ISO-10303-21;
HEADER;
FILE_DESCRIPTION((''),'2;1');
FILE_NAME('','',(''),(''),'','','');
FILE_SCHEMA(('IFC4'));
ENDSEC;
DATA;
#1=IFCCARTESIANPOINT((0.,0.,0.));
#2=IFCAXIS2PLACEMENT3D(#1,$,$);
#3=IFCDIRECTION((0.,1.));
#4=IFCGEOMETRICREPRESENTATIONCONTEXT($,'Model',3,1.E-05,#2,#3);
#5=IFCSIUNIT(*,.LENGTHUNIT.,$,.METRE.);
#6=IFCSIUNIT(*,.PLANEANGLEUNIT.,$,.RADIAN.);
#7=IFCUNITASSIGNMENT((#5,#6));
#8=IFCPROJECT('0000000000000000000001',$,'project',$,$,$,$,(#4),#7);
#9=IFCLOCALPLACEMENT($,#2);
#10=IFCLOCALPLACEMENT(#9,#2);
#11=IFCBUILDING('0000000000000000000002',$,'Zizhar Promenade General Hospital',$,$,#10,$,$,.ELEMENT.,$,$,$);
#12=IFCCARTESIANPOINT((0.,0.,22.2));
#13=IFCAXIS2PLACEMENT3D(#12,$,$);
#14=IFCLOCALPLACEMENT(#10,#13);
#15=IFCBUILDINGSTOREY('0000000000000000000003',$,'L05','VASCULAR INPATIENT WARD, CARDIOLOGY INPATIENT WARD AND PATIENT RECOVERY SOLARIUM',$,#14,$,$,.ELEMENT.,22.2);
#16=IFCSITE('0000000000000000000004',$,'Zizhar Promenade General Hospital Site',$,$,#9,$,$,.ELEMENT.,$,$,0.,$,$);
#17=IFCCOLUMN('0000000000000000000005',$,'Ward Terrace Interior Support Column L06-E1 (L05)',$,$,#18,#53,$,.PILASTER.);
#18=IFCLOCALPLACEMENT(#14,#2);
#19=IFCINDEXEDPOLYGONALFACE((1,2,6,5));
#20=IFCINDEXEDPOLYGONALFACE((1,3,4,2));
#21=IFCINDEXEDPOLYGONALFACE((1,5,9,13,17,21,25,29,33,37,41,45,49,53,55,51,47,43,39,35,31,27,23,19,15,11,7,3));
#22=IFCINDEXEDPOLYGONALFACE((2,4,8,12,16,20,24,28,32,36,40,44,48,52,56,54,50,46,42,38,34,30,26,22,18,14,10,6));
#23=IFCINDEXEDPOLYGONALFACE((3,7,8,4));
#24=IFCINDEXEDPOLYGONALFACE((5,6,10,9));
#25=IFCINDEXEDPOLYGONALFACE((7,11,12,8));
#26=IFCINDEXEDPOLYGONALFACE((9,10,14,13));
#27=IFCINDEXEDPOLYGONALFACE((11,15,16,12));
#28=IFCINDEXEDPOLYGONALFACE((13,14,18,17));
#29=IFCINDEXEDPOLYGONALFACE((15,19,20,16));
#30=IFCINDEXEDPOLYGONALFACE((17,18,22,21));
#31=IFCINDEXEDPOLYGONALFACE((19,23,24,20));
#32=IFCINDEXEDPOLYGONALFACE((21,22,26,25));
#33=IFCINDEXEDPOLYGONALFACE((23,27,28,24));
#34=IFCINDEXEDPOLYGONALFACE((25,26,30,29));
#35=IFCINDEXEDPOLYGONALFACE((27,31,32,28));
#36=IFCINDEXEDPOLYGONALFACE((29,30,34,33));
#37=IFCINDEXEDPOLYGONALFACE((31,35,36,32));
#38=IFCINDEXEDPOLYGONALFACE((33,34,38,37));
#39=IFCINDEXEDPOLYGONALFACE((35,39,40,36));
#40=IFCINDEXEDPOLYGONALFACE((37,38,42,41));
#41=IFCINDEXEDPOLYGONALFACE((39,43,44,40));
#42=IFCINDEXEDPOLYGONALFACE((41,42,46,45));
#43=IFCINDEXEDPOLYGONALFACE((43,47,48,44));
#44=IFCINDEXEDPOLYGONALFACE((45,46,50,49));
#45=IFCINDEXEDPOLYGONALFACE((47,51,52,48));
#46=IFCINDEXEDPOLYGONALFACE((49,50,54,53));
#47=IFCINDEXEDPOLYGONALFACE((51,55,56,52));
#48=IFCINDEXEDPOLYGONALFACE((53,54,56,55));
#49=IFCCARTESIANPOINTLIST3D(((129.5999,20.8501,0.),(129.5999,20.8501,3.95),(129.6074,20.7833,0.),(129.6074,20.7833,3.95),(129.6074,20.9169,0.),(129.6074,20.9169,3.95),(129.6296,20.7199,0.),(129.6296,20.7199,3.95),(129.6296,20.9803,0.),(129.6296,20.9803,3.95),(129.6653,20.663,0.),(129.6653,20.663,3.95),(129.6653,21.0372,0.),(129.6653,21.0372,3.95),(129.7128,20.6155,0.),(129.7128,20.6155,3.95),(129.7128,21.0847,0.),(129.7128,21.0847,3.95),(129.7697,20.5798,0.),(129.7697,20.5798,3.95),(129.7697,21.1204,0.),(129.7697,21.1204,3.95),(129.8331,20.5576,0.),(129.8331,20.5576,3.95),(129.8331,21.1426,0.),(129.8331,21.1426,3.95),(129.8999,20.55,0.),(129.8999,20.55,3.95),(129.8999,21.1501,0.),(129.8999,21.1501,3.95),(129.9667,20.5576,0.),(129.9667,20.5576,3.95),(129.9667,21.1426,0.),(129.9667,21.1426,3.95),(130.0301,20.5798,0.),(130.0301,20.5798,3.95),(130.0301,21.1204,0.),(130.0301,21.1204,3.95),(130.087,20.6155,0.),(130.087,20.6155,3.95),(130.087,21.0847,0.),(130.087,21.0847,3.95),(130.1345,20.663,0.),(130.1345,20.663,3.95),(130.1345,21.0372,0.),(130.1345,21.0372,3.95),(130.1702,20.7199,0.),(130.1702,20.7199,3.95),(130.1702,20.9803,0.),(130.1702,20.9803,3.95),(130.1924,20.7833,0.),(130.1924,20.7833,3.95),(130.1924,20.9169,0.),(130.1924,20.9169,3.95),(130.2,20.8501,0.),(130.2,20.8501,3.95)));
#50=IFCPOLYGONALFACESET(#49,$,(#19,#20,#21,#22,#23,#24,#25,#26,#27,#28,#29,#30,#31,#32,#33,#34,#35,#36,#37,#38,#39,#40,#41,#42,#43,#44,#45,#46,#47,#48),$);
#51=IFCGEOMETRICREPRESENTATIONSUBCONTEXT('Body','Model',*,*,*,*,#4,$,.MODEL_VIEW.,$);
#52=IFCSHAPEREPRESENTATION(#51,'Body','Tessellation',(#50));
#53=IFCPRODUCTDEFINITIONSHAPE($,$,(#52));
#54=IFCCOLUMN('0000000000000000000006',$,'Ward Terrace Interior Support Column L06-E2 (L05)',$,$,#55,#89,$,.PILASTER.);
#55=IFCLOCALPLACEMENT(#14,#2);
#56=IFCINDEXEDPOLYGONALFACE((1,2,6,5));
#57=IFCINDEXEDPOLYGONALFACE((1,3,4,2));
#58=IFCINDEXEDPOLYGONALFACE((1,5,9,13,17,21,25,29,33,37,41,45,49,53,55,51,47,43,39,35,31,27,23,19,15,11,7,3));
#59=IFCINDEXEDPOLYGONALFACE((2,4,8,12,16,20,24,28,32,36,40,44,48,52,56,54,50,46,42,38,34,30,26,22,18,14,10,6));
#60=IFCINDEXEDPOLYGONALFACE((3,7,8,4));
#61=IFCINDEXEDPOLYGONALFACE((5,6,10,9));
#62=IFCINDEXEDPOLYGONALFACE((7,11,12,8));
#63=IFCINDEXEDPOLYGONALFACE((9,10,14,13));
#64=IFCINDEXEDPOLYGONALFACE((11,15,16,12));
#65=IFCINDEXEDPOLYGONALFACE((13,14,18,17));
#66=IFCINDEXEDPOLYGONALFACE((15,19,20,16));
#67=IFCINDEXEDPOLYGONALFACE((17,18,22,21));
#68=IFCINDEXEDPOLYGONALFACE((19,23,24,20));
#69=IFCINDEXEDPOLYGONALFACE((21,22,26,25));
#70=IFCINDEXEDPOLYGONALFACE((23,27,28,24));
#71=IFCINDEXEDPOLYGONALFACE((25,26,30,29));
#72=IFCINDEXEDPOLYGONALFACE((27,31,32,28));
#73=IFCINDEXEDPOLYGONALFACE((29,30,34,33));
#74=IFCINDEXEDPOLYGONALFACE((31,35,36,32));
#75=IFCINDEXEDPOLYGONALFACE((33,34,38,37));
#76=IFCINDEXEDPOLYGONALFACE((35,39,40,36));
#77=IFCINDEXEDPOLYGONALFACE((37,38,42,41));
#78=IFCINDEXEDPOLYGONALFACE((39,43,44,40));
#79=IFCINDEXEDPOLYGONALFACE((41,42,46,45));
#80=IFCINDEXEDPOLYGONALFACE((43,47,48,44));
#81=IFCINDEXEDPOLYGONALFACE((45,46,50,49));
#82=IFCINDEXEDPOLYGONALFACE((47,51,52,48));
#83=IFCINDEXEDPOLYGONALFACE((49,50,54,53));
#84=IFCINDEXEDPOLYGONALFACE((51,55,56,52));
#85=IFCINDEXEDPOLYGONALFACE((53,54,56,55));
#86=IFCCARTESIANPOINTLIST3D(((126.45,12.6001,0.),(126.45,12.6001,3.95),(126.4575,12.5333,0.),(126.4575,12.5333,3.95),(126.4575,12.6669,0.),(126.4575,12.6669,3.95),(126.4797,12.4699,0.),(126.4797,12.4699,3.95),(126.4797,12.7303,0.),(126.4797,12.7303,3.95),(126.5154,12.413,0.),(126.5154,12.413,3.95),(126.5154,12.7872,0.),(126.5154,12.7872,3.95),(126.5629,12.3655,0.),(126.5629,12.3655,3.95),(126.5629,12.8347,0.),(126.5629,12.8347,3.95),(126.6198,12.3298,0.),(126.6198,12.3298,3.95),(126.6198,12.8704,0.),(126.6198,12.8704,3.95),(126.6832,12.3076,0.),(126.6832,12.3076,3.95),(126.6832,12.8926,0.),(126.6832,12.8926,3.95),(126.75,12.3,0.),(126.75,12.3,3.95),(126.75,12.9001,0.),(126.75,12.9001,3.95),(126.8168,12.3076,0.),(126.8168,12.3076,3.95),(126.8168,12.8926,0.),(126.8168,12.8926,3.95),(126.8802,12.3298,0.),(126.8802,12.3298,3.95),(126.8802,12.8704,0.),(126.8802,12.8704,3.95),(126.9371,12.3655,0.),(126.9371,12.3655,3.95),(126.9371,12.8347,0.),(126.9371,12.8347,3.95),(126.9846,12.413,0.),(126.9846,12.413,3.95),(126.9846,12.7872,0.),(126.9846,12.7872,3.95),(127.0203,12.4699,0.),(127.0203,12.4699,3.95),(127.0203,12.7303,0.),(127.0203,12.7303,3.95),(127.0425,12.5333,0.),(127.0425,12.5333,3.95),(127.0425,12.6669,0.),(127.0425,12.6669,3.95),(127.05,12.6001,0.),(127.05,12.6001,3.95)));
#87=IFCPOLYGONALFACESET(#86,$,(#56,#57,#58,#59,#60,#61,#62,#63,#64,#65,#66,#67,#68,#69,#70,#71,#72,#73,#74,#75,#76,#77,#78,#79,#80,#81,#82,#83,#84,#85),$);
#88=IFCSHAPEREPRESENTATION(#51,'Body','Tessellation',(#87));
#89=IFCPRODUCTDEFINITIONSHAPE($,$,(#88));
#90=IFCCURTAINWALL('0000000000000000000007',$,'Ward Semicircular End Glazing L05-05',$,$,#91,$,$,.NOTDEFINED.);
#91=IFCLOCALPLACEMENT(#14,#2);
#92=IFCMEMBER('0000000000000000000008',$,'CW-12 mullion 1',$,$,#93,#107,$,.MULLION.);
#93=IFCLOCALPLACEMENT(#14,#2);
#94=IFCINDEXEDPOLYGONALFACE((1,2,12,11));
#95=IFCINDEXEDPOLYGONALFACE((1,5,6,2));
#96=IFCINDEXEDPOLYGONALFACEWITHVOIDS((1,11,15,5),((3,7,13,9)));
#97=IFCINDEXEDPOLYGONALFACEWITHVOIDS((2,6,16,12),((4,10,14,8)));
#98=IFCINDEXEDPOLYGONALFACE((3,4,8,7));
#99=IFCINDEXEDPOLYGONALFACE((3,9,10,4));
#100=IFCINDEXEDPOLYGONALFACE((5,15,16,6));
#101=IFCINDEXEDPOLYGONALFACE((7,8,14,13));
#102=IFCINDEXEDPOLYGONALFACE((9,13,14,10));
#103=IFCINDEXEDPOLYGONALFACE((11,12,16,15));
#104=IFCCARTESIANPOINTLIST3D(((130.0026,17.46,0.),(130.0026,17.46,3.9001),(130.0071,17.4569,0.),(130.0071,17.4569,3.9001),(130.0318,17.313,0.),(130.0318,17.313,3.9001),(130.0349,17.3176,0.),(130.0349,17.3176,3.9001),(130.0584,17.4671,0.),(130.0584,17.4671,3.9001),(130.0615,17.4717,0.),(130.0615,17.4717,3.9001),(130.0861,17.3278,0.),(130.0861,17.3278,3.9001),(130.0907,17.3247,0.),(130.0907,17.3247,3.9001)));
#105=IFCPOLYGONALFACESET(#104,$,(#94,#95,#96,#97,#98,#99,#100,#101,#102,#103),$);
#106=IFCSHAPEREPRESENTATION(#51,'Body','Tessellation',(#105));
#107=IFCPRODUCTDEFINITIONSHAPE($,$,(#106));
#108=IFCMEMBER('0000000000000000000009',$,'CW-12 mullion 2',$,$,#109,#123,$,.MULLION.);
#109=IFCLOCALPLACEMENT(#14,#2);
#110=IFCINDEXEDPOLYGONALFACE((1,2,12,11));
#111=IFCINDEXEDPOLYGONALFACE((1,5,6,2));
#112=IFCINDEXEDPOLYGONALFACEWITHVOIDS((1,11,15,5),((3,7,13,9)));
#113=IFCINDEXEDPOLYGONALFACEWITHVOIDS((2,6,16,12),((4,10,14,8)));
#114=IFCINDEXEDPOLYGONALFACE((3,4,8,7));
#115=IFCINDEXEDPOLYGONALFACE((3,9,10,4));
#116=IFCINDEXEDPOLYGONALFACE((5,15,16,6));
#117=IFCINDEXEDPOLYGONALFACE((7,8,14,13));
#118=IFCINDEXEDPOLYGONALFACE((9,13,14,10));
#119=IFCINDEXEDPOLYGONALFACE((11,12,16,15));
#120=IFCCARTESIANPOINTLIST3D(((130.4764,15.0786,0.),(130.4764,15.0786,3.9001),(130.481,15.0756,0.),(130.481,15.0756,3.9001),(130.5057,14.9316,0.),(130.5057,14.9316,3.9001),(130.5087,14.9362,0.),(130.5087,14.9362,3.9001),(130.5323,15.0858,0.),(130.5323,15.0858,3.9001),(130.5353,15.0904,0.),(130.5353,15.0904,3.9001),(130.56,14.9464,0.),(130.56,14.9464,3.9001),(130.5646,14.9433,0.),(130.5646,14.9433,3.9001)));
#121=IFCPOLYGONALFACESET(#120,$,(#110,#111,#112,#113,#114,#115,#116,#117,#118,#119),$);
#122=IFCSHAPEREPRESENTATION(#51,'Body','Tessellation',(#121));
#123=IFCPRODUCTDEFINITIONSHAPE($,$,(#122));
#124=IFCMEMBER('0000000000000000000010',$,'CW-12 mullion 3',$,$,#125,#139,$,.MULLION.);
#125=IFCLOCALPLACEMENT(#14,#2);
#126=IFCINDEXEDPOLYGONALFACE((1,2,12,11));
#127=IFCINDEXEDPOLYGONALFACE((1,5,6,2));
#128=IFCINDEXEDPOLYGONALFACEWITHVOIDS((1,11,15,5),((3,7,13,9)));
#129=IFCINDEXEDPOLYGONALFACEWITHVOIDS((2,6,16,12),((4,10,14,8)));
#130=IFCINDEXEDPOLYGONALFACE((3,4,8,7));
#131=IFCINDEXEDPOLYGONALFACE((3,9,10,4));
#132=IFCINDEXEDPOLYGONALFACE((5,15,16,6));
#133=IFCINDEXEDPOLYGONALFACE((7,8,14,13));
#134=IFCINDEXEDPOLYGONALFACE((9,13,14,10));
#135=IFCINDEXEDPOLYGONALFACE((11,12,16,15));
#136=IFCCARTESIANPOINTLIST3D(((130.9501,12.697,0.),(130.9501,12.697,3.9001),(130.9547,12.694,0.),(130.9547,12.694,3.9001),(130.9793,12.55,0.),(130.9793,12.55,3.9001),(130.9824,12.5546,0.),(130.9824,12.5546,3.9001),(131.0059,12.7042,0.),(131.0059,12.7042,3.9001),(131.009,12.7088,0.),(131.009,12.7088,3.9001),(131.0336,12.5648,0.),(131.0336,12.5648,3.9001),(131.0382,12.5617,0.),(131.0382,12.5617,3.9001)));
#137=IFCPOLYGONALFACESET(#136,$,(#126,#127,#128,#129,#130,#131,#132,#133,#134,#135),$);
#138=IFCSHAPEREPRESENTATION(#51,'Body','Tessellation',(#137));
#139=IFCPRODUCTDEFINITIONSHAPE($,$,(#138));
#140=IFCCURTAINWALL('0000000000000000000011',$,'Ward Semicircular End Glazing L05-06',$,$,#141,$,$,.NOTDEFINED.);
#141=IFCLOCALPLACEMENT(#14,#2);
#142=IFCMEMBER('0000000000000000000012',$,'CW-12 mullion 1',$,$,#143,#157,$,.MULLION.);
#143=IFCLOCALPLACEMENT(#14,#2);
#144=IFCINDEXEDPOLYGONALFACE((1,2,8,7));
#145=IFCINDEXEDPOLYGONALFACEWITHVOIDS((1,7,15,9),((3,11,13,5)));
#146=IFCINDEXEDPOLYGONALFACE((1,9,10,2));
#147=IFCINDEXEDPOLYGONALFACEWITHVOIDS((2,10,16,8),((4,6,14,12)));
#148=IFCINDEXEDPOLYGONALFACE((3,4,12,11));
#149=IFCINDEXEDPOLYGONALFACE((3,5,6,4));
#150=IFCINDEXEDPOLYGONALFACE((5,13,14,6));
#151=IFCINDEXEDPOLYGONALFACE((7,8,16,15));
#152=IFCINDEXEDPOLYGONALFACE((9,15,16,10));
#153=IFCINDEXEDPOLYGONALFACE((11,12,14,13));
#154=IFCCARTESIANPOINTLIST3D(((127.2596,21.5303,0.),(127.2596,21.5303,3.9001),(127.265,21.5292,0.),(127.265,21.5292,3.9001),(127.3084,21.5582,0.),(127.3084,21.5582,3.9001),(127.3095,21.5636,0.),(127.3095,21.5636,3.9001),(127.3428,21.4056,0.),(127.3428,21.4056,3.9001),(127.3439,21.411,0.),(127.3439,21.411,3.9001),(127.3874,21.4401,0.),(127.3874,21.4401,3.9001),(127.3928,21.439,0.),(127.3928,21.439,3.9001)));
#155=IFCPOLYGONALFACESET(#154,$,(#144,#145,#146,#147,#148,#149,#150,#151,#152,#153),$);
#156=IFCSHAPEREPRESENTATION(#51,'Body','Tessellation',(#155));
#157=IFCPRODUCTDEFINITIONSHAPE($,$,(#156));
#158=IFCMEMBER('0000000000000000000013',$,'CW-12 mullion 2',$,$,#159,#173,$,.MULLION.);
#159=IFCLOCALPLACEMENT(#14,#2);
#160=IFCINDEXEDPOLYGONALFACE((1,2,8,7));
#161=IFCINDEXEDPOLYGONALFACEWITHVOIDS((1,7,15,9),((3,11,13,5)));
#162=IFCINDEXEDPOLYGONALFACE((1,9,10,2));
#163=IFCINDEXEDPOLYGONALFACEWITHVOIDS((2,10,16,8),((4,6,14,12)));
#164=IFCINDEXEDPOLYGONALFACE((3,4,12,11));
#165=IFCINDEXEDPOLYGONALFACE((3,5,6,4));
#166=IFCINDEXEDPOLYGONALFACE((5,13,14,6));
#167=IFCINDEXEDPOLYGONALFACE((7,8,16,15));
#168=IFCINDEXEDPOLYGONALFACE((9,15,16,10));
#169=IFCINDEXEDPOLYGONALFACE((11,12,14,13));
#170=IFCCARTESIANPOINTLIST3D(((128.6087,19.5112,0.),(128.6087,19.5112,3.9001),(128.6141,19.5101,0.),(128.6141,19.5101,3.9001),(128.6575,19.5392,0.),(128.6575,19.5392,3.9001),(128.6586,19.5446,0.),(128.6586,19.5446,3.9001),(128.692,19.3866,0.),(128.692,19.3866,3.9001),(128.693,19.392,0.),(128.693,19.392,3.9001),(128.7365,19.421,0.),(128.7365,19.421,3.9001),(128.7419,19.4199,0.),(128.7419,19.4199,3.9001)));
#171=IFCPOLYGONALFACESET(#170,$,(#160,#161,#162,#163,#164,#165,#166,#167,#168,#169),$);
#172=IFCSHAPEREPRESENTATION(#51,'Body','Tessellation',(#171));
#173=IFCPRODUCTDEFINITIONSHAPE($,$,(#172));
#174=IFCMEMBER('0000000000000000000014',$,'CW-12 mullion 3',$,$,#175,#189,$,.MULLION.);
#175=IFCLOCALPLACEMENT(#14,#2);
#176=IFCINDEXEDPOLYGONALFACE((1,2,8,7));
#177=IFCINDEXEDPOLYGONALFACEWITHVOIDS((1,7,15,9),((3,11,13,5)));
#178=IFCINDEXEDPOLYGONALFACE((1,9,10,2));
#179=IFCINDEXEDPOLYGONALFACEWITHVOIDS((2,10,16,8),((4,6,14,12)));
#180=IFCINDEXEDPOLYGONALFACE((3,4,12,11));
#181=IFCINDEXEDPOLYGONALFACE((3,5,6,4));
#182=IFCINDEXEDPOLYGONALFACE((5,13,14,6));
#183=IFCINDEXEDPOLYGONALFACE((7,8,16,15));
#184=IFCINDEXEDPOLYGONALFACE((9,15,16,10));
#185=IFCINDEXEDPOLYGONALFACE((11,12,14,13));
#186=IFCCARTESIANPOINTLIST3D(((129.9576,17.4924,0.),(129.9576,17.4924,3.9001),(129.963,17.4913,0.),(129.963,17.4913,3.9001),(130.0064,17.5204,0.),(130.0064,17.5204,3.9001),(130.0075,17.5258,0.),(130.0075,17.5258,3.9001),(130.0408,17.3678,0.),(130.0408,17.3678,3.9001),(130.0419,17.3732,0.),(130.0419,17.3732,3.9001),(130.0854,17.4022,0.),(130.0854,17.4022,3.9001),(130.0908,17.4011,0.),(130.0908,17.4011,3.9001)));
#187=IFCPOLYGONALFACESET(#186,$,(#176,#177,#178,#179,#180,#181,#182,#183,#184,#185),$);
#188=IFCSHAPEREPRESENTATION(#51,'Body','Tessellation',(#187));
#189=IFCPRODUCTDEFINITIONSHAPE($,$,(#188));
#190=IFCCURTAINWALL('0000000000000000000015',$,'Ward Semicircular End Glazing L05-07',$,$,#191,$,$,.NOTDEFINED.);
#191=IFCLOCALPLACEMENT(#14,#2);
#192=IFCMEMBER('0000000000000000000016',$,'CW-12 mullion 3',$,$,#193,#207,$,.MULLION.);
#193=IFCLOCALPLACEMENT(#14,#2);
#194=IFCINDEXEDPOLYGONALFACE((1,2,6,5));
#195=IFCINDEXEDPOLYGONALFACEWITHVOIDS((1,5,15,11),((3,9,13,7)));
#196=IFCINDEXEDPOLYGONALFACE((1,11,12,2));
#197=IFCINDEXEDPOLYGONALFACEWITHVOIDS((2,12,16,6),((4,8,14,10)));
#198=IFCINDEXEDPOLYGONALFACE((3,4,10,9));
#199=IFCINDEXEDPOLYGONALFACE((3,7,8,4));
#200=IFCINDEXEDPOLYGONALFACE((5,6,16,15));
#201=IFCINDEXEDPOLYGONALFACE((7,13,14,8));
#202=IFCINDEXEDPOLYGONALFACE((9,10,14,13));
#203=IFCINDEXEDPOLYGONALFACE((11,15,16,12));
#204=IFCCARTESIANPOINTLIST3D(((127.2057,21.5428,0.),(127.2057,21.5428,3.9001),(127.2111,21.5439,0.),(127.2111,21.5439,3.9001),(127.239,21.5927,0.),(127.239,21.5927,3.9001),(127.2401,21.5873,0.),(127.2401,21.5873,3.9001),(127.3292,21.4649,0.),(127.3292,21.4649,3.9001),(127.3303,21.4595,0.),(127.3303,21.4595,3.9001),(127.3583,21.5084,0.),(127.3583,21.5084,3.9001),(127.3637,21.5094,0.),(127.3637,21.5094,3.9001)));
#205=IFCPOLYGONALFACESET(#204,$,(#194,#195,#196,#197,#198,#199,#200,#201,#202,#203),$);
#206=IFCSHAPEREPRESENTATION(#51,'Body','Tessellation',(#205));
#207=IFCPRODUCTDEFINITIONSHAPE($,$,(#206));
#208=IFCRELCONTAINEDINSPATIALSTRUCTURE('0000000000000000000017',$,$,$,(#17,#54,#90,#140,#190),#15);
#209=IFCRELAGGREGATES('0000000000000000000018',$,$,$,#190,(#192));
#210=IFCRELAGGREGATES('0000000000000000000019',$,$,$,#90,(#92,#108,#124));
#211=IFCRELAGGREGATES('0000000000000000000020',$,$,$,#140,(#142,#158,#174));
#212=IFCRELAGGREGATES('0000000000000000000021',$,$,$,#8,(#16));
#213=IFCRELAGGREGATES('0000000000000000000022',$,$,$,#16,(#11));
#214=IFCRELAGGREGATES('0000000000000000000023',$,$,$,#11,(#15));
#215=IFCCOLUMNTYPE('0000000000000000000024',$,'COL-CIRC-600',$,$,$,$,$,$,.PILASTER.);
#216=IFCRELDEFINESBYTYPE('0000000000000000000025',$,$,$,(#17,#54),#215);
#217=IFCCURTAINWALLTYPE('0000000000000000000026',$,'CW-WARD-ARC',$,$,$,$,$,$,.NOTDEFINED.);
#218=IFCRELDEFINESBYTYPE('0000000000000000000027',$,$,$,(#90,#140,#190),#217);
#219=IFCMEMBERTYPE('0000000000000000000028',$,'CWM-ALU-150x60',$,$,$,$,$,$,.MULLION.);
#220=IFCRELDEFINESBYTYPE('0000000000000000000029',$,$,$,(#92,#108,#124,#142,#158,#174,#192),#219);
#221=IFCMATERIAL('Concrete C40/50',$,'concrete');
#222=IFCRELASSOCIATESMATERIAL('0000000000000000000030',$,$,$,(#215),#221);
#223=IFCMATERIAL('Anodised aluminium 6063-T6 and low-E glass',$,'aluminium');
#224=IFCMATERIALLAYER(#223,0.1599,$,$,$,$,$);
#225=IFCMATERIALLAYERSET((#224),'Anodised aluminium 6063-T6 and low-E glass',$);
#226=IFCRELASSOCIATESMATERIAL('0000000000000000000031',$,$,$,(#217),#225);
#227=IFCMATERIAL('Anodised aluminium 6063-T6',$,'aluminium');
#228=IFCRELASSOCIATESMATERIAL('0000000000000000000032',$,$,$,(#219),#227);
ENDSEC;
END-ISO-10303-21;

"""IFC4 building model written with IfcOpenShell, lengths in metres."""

from ifc_helpers import new_model, si_unit, direction, frame, origin, origin_2d, place, context, subcontext, project, spatial, hollow_rectangle, circle, extrude, material, layer, layer_set, material_profile, profile_set, type_object, element, aggregate, save


model = new_model("IFC4")

# Units and contexts
model_context = context("Model", 3, precision=1e-05, world=origin(), true_north=direction((0.0, 1.0)))
body_context = subcontext(model_context, "Body", "Model", "MODEL_VIEW")
ifc_project = project(units=[si_unit("LENGTHUNIT", "METRE"), si_unit("PLANEANGLEUNIT", "RADIAN")], contexts=[model_context])

# Site, building, storey
site_placement = place(None, origin())
site = spatial("IfcSite", under=ifc_project, at=site_placement, Name="Zizhar Promenade General Hospital Site", CompositionType="ELEMENT", RefElevation=0.0)
building_placement = place(site_placement, origin())
building = spatial("IfcBuilding", under=site, at=building_placement, Name="Zizhar Promenade General Hospital", CompositionType="ELEMENT")
storey_placement = place(building_placement, frame((0.0, 0.0, 22.2)))
storey = spatial("IfcBuildingStorey", under=building, at=storey_placement, Name="L05", Description="VASCULAR INPATIENT WARD, CARDIOLOGY INPATIENT WARD AND PATIENT RECOVERY SOLARIUM", CompositionType="ELEMENT", Elevation=22.2)

# Columns
ifc_material_1 = material(Name="Concrete C40/50", Category="concrete")
ifc_material_profile_1 = material_profile(ifc_material_1, circle(Radius=0.3, at=origin_2d()))
ifc_profile_set_1 = profile_set([ifc_material_profile_1], Name="Concrete C40/50")
column_type = type_object("IfcColumnType", Name="COL-CIRC-600", PredefinedType="PILASTER", material=ifc_profile_set_1)
for number, where, z_axis, x_axis, name in (
    (1, (129.8999, 20.8501, 0.0), (0.0, 0.0, 1.0), (1.0, 0.0, 0.0), "Ward Terrace Interior Support Column L06-E1 (L05)"),
    (2, (126.75, 12.6001, 0.0), (0.0, 0.0, 1.0), (1.0, 0.0, 0.0), "Ward Terrace Interior Support Column L06-E2 (L05)"),
):
    element("IfcColumn", number, at=place(storey_placement, frame(where, z_axis=z_axis, x_axis=x_axis)), inside=storey, type_object=column_type, Name=name, PredefinedType="PILASTER", context=body_context, shape_type="SweptSolid", body=[
        extrude(circle(Radius=0.3, at=origin_2d()), origin(), (0.0, 0.0, 1.0), 3.95),
    ])

# Curtain walls, members
ifc_material_2 = material(Name="Anodised aluminium 6063-T6 and low-E glass", Category="aluminium")
ifc_layer_1 = layer(ifc_material_2, 0.1599)
ifc_layer_set_1 = layer_set([ifc_layer_1], Name="Anodised aluminium 6063-T6 and low-E glass")
curtain_wall_type = type_object("IfcCurtainWallType", Name="CW-WARD-ARC", PredefinedType="NOTDEFINED", material=ifc_layer_set_1)
curtain_wall_1_placement = place(storey_placement, origin())
curtain_wall_1 = element("IfcCurtainWall", 3, at=curtain_wall_1_placement, inside=storey, type_object=curtain_wall_type, Name="Ward Semicircular End Glazing L05-05", PredefinedType="NOTDEFINED")
ifc_material_3 = material(Name="Anodised aluminium 6063-T6", Category="aluminium")
ifc_material_profile_2 = material_profile(ifc_material_3, hollow_rectangle(XDim=0.0601, YDim=0.1499, WallThickness=0.0039, at=origin_2d()))
ifc_profile_set_2 = profile_set([ifc_material_profile_2], Name="Anodised aluminium 6063-T6")
member_type_1 = type_object("IfcMemberType", Name="CWM-ALU-150x60", PredefinedType="MULLION", material=ifc_profile_set_2)
member_1_placement = place(storey_placement, frame((130.0466, 17.3923, 0.0), z_axis=(0.0, 0.0, 1.0), x_axis=(0.980786, 0.195087, 0.0)))
member_1 = element("IfcMember", 4, at=member_1_placement, type_object=member_type_1, Name="CW-12 mullion 1", PredefinedType="MULLION", context=body_context, shape_type="SweptSolid", body=[
    extrude(hollow_rectangle(XDim=0.0601, YDim=0.1499, WallThickness=0.0039, at=origin_2d()), origin(), (0.0, 0.0, 1.0), 3.9001),
])
member_2_placement = place(storey_placement, frame((130.5205, 15.011, 0.0), z_axis=(0.0, 0.0, 1.0), x_axis=(0.980786, 0.195087, 0.0)))
member_2 = element("IfcMember", 5, at=member_2_placement, type_object=member_type_1, Name="CW-12 mullion 2", PredefinedType="MULLION", context=body_context, shape_type="SweptSolid", body=[
    extrude(hollow_rectangle(XDim=0.0601, YDim=0.1499, WallThickness=0.0039, at=origin_2d()), origin(), (0.0, 0.0, 1.0), 3.9001),
])
member_3_placement = place(storey_placement, frame((130.9941, 12.6294, 0.0), z_axis=(0.0, 0.0, 1.0), x_axis=(0.980786, 0.195087, 0.0)))
member_3 = element("IfcMember", 6, at=member_3_placement, type_object=member_type_1, Name="CW-12 mullion 3", PredefinedType="MULLION", context=body_context, shape_type="SweptSolid", body=[
    extrude(hollow_rectangle(XDim=0.0601, YDim=0.1499, WallThickness=0.0039, at=origin_2d()), origin(), (0.0, 0.0, 1.0), 3.9001),
])
curtain_wall_2_placement = place(storey_placement, origin())
curtain_wall_2 = element("IfcCurtainWall", 7, at=curtain_wall_2_placement, inside=storey, type_object=curtain_wall_type, Name="Ward Semicircular End Glazing L05-06", PredefinedType="NOTDEFINED")
member_4_placement = place(storey_placement, frame((127.3262, 21.4846, 0.0), z_axis=(0.0, 0.0, 1.0), x_axis=(0.831462, 0.555582, 0.0)))
member_4 = element("IfcMember", 8, at=member_4_placement, type_object=member_type_1, Name="CW-12 mullion 1", PredefinedType="MULLION", context=body_context, shape_type="SweptSolid", body=[
    extrude(hollow_rectangle(XDim=0.0601, YDim=0.1499, WallThickness=0.0039, at=origin_2d()), origin(), (0.0, 0.0, 1.0), 3.9001),
])
member_5_placement = place(storey_placement, frame((128.6753, 19.4656, 0.0), z_axis=(0.0, 0.0, 1.0), x_axis=(0.831462, 0.555582, 0.0)))
member_5 = element("IfcMember", 9, at=member_5_placement, type_object=member_type_1, Name="CW-12 mullion 2", PredefinedType="MULLION", context=body_context, shape_type="SweptSolid", body=[
    extrude(hollow_rectangle(XDim=0.0601, YDim=0.1499, WallThickness=0.0039, at=origin_2d()), origin(), (0.0, 0.0, 1.0), 3.9001),
])
member_6_placement = place(storey_placement, frame((130.0242, 17.4468, 0.0), z_axis=(0.0, 0.0, 1.0), x_axis=(0.831462, 0.555582, 0.0)))
member_6 = element("IfcMember", 10, at=member_6_placement, type_object=member_type_1, Name="CW-12 mullion 3", PredefinedType="MULLION", context=body_context, shape_type="SweptSolid", body=[
    extrude(hollow_rectangle(XDim=0.0601, YDim=0.1499, WallThickness=0.0039, at=origin_2d()), origin(), (0.0, 0.0, 1.0), 3.9001),
])

# Curtain wall, member
curtain_wall_3_placement = place(storey_placement, origin())
curtain_wall_3 = element("IfcCurtainWall", 11, at=curtain_wall_3_placement, inside=storey, type_object=curtain_wall_type, Name="Ward Semicircular End Glazing L05-07", PredefinedType="NOTDEFINED")
member_7_placement = place(storey_placement, frame((127.2847, 21.5261, 0.0), z_axis=(0.0, 0.0, 1.0), x_axis=(0.555582, 0.831462, 0.0)))
member_7 = element("IfcMember", 12, at=member_7_placement, type_object=member_type_1, Name="CW-12 mullion 3", PredefinedType="MULLION", context=body_context, shape_type="SweptSolid", body=[
    extrude(hollow_rectangle(XDim=0.0601, YDim=0.1499, WallThickness=0.0039, at=origin_2d()), origin(), (0.0, 0.0, 1.0), 3.9001),
])
aggregate(curtain_wall_3, [member_7])

aggregate(curtain_wall_1, [member_1, member_2, member_3])
aggregate(curtain_wall_2, [member_4, member_5, member_6])

save(model, "model.ifc")
